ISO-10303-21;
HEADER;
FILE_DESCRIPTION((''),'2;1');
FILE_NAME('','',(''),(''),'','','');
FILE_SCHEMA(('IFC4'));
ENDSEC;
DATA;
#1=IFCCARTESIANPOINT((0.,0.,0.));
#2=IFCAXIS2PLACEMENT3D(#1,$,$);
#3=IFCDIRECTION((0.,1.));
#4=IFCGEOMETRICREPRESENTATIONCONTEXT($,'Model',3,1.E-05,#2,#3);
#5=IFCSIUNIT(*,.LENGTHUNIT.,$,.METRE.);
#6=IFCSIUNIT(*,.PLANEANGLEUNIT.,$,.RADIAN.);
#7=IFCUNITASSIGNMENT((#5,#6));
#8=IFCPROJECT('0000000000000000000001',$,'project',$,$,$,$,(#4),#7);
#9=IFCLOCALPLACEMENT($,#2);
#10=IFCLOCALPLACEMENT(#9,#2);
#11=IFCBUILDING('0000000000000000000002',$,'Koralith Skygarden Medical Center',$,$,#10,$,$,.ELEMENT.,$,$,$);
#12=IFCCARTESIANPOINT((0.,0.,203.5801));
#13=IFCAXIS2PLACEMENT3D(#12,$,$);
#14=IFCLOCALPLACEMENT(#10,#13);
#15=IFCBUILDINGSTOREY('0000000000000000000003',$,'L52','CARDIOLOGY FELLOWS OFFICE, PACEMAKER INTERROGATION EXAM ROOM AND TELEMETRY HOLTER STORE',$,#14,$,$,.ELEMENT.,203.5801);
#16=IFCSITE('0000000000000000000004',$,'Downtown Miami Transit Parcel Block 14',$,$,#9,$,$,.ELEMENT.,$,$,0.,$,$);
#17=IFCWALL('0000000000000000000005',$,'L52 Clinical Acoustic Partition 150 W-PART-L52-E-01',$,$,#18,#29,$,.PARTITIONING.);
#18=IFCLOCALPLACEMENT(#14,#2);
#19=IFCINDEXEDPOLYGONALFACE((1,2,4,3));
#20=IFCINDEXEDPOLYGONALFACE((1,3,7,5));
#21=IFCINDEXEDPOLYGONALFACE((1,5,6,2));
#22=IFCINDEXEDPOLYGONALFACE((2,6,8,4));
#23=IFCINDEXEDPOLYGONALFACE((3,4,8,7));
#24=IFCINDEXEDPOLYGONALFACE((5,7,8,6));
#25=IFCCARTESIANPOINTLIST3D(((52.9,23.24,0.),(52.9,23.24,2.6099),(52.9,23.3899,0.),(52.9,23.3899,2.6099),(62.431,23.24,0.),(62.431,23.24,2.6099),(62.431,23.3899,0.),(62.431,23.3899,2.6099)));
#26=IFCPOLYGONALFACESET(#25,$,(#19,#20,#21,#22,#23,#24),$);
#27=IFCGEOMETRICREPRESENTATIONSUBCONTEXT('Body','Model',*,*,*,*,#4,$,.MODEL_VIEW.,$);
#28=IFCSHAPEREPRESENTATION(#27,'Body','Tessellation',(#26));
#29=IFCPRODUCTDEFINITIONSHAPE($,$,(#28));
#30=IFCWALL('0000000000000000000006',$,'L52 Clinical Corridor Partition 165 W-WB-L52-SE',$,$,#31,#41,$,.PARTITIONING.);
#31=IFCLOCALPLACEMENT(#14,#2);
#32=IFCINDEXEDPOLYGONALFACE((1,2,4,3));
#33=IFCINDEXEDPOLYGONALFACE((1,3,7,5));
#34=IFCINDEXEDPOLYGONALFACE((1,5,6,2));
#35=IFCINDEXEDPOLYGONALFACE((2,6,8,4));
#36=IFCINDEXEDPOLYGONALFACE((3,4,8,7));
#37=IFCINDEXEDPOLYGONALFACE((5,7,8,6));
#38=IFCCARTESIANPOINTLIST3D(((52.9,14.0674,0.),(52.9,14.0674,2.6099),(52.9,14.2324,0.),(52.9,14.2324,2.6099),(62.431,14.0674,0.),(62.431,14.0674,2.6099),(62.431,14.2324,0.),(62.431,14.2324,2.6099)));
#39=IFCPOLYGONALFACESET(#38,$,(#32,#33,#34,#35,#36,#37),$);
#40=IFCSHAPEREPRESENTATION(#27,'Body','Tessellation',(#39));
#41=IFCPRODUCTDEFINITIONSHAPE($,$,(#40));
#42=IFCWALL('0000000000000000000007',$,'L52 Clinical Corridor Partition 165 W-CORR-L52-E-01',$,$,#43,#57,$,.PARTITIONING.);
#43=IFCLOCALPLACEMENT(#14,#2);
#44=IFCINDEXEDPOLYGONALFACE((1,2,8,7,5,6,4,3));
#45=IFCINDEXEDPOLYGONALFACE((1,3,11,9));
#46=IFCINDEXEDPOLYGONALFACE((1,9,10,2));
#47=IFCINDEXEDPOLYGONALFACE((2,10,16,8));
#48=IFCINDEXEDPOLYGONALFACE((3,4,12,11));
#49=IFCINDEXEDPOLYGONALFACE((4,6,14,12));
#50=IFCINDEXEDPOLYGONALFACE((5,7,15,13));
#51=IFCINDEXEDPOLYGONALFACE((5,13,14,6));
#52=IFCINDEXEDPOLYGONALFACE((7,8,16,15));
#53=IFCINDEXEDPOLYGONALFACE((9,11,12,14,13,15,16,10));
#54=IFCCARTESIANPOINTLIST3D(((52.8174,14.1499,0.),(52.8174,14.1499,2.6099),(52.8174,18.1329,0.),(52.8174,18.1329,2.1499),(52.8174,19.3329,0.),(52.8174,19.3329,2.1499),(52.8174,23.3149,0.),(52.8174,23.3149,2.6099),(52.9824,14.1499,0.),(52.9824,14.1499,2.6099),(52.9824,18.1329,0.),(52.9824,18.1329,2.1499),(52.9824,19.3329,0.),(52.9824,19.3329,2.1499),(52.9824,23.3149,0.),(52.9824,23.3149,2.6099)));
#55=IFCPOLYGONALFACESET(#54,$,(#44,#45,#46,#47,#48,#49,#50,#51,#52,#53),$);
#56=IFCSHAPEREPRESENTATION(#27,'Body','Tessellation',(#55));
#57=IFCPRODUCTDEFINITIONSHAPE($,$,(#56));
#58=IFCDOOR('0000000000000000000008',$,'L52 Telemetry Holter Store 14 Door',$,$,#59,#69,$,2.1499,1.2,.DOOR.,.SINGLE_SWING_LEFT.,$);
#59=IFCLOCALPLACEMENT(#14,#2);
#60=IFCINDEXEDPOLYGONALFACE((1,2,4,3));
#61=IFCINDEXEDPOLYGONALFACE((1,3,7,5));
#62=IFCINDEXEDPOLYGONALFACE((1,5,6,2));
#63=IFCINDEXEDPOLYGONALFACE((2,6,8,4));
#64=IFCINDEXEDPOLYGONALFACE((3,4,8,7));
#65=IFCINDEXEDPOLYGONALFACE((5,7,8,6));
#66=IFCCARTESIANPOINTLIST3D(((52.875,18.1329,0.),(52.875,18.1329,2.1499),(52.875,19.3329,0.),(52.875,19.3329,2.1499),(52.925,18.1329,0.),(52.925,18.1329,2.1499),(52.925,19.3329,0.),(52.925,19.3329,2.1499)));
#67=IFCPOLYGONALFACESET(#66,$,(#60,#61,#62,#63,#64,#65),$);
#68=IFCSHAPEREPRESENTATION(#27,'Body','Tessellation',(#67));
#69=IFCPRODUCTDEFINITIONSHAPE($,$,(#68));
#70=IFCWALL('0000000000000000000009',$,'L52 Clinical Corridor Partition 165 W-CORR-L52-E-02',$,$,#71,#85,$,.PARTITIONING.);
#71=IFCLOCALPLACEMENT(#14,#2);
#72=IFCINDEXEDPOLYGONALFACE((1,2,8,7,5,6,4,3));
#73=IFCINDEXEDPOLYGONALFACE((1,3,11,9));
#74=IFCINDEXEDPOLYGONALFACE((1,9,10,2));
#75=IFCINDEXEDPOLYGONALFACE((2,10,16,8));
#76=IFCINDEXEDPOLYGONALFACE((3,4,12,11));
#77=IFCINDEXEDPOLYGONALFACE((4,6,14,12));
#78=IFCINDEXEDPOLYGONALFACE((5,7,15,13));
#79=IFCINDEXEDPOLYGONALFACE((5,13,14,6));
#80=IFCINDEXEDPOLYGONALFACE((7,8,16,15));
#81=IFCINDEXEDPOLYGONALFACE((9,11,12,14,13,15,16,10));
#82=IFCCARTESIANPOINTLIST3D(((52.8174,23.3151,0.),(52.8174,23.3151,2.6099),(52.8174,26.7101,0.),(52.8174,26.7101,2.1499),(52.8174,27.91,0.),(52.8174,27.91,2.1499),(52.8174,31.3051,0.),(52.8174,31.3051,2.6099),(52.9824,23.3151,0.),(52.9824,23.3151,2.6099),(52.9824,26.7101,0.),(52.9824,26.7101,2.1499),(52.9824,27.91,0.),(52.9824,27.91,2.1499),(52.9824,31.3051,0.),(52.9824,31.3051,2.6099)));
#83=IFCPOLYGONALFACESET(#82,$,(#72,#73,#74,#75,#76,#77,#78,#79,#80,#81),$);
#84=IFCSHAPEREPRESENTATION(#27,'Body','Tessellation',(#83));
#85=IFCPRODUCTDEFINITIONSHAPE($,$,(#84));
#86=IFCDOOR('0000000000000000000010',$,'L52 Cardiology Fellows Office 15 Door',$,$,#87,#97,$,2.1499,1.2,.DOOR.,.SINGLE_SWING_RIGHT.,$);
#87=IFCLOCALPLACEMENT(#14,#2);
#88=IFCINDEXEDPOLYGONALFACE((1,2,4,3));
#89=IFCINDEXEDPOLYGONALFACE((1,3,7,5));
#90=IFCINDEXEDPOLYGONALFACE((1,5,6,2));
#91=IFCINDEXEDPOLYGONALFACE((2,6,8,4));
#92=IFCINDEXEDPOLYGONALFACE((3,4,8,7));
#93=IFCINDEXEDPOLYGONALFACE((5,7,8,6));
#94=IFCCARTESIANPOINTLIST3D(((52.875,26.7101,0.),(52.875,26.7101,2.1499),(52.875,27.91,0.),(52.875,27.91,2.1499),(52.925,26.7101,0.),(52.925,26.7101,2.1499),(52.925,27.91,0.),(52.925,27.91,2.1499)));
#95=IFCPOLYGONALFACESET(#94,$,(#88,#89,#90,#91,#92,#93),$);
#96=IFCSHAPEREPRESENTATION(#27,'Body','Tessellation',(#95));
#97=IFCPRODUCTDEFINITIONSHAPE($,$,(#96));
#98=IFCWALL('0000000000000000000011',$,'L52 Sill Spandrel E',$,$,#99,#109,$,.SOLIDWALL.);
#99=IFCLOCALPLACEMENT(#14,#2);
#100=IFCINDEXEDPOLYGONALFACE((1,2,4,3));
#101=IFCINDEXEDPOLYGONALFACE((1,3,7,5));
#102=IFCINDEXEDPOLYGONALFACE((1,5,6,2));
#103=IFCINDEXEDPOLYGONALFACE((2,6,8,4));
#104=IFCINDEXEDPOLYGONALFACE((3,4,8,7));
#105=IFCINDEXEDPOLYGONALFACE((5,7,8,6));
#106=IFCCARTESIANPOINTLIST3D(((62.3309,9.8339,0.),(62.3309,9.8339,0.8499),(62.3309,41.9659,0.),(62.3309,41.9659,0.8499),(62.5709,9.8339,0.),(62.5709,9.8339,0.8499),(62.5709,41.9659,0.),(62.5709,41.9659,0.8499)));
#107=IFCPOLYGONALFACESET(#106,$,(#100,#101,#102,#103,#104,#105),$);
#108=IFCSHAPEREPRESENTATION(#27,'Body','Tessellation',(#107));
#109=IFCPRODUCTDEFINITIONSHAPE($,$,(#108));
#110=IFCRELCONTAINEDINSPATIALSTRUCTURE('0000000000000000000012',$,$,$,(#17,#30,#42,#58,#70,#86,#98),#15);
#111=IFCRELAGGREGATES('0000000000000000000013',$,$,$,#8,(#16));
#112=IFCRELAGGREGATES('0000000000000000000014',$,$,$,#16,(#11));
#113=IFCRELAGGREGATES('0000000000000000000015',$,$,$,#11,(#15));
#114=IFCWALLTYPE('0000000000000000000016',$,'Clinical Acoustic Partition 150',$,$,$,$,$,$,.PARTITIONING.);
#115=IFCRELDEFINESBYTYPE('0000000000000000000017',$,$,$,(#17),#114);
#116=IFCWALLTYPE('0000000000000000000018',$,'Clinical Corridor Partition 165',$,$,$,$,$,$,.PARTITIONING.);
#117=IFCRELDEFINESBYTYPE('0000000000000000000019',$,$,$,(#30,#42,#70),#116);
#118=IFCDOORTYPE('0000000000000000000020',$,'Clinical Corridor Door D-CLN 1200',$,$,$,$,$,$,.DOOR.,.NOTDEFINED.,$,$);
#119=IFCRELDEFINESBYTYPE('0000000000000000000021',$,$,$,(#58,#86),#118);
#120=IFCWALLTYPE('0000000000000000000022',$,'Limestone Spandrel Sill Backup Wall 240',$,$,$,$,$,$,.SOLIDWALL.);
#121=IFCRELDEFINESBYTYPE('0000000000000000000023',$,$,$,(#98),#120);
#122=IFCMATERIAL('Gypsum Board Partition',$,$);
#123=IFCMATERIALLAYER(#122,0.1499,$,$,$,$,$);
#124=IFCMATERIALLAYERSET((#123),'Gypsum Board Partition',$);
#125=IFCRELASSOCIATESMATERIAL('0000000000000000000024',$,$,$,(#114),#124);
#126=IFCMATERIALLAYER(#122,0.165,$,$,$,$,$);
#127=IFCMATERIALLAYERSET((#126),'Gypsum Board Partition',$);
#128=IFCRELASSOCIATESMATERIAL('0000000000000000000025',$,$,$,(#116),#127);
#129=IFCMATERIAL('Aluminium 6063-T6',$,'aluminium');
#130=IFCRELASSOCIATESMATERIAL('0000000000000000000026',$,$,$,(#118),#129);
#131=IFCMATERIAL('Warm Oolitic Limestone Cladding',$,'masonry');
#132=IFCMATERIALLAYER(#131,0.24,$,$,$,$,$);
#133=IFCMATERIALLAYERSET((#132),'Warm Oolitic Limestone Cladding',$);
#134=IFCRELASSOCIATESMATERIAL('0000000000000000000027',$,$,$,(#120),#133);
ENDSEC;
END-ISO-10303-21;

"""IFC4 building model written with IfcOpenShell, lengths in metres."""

from ifc_helpers import new_model, si_unit, direction, frame, frame_2d, origin, place, context, subcontext, project, spatial, rectangle, extrude, material, layer, layer_set, type_object, element, fill, save


model = new_model("IFC4")

# Units and contexts
model_context = context("Model", 3, precision=1e-05, world=origin(), true_north=direction((0.0, 1.0)))
body_context = subcontext(model_context, "Body", "Model", "MODEL_VIEW")
ifc_project = project(units=[si_unit("LENGTHUNIT", "METRE"), si_unit("PLANEANGLEUNIT", "RADIAN")], contexts=[model_context])

# Site, building, storey
site_placement = place(None, origin())
site = spatial("IfcSite", under=ifc_project, at=site_placement, Name="Downtown Miami Transit Parcel Block 14", CompositionType="ELEMENT", RefElevation=0.0)
building_placement = place(site_placement, origin())
building = spatial("IfcBuilding", under=site, at=building_placement, Name="Koralith Skygarden Medical Center", CompositionType="ELEMENT")
storey_placement = place(building_placement, frame((0.0, 0.0, 203.5801)))
storey = spatial("IfcBuildingStorey", under=building, at=storey_placement, Name="L52", Description="CARDIOLOGY FELLOWS OFFICE, PACEMAKER INTERROGATION EXAM ROOM AND TELEMETRY HOLTER STORE", CompositionType="ELEMENT", Elevation=203.5801)

# Shared definitions
ifc_material_1 = material(Name="Aluminium 6063-T6", Category="aluminium")

# Walls
ifc_material_2 = material(Name="Gypsum Board Partition")
ifc_layer_1 = layer(ifc_material_2, 0.1499)
ifc_layer_set_1 = layer_set([ifc_layer_1], Name="Gypsum Board Partition")
wall_type_1 = type_object("IfcWallType", Name="Clinical Acoustic Partition 150", PredefinedType="PARTITIONING", material=ifc_layer_set_1)
wall_1_placement = place(storey_placement, frame((52.8999, 23.3149, 0.0), z_axis=(0.0, 0.0, 1.0), x_axis=(1.0, 0.0, 0.0)))
element("IfcWall", 1, at=wall_1_placement, inside=storey, type_object=wall_type_1, Name="L52 Clinical Acoustic Partition 150 W-PART-L52-E-01", PredefinedType="PARTITIONING", context=body_context, shape_type="SweptSolid", body=[
    extrude(rectangle(XDim=9.531, YDim=0.1499, at=frame_2d((4.7656, 0.0))), origin(), (0.0, 0.0, 1.0), 2.6099),
])
ifc_layer_2 = layer(ifc_material_2, 0.165)
ifc_layer_set_2 = layer_set([ifc_layer_2], Name="Gypsum Board Partition")
wall_type_2 = type_object("IfcWallType", Name="Clinical Corridor Partition 165", PredefinedType="PARTITIONING", material=ifc_layer_set_2)
wall_2_placement = place(storey_placement, frame((52.8999, 14.1499, 0.0), z_axis=(0.0, 0.0, 1.0), x_axis=(1.0, 0.0, 0.0)))
element("IfcWall", 2, at=wall_2_placement, inside=storey, type_object=wall_type_2, Name="L52 Clinical Corridor Partition 165 W-WB-L52-SE", PredefinedType="PARTITIONING", context=body_context, shape_type="SweptSolid", body=[
    extrude(rectangle(XDim=9.531, YDim=0.165, at=frame_2d((4.7656, 0.0))), origin(), (0.0, 0.0, 1.0), 2.6099),
])

# Walls, openings, doors
wall_3_placement = place(storey_placement, frame((52.8999, 14.1499, 0.0), z_axis=(0.0, 0.0, 1.0), x_axis=(0.0, 1.0, 0.0)))
wall_3 = element("IfcWall", 3, at=wall_3_placement, inside=storey, type_object=wall_type_2, Name="L52 Clinical Corridor Partition 165 W-CORR-L52-E-01", PredefinedType="PARTITIONING", context=body_context, shape_type="SweptSolid", body=[
    extrude(rectangle(XDim=9.165, YDim=0.165, at=frame_2d((4.5825, 0.0))), origin(), (0.0, 0.0, 1.0), 2.6099),
])
opening_1_placement = place(wall_3_placement, frame((3.9829, 0.0, 0.0)))
opening_1 = element("IfcOpeningElement", 4, at=opening_1_placement, cuts=wall_3, PredefinedType="OPENING", context=body_context, shape_type="SweptSolid", body=[
    extrude(rectangle(XDim=1.2, YDim=2.1499, at=frame_2d((0.6001, 1.075))), frame((0.0, 0.0925, 0.0), z_axis=(0.0, -1.0, 0.0), x_axis=(1.0, 0.0, 0.0)), (0.0, 0.0, 1.0), 0.1851),
])
door_type_1 = type_object("IfcDoorType", Name="Clinical Corridor Door D-CLN 1200", OperationType="NOTDEFINED", PredefinedType="DOOR", material=ifc_material_1)
door_1_placement = place(opening_1_placement, origin())
door_1 = element("IfcDoor", 5, at=door_1_placement, inside=storey, type_object=door_type_1, Name="L52 Telemetry Holter Store 14 Door", OperationType="SINGLE_SWING_LEFT", OverallHeight=2.1499, OverallWidth=1.2, PredefinedType="DOOR", context=body_context, shape_type="SweptSolid", body=[
    extrude(rectangle(XDim=1.2, YDim=2.1499, at=frame_2d((0.6001, 1.075))), frame((0.0, 0.0249, 0.0), z_axis=(0.0, -1.0, 0.0), x_axis=(1.0, 0.0, 0.0)), (0.0, 0.0, 1.0), 0.05),
])
fill(opening_1, door_1)
wall_4_placement = place(storey_placement, frame((52.8999, 23.3149, 0.0), z_axis=(0.0, 0.0, 1.0), x_axis=(0.0, 1.0, 0.0)))
wall_4 = element("IfcWall", 6, at=wall_4_placement, inside=storey, type_object=wall_type_2, Name="L52 Clinical Corridor Partition 165 W-CORR-L52-E-02", PredefinedType="PARTITIONING", context=body_context, shape_type="SweptSolid", body=[
    extrude(rectangle(XDim=7.99, YDim=0.165, at=frame_2d((3.9951, 0.0))), origin(), (0.0, 0.0, 1.0), 2.6099),
])
opening_2_placement = place(wall_4_placement, frame((3.395, 0.0, 0.0)))
opening_2 = element("IfcOpeningElement", 7, at=opening_2_placement, cuts=wall_4, PredefinedType="OPENING", context=body_context, shape_type="SweptSolid", body=[
    extrude(rectangle(XDim=1.2, YDim=2.1499, at=frame_2d((0.6001, 1.075))), frame((0.0, 0.0925, 0.0), z_axis=(0.0, -1.0, 0.0), x_axis=(1.0, 0.0, 0.0)), (0.0, 0.0, 1.0), 0.1851),
])
door_2_placement = place(opening_2_placement, origin())
door_2 = element("IfcDoor", 8, at=door_2_placement, inside=storey, type_object=door_type_1, Name="L52 Cardiology Fellows Office 15 Door", OperationType="SINGLE_SWING_RIGHT", OverallHeight=2.1499, OverallWidth=1.2, PredefinedType="DOOR", context=body_context, shape_type="SweptSolid", body=[
    extrude(rectangle(XDim=1.2, YDim=2.1499, at=frame_2d((0.6001, 1.075))), frame((0.0, 0.0249, 0.0), z_axis=(0.0, -1.0, 0.0), x_axis=(1.0, 0.0, 0.0)), (0.0, 0.0, 1.0), 0.05),
])
fill(opening_2, door_2)

# Wall
ifc_material_3 = material(Name="Warm Oolitic Limestone Cladding", Category="masonry")
ifc_layer_3 = layer(ifc_material_3, 0.24)
ifc_layer_set_3 = layer_set([ifc_layer_3], Name="Warm Oolitic Limestone Cladding")
wall_type_3 = type_object("IfcWallType", Name="Limestone Spandrel Sill Backup Wall 240", PredefinedType="SOLIDWALL", material=ifc_layer_set_3)
wall_5_placement = place(storey_placement, frame((62.4509, 9.834, 0.0), z_axis=(0.0, 0.0, 1.0), x_axis=(0.0, 1.0, 0.0)))
element("IfcWall", 9, at=wall_5_placement, inside=storey, type_object=wall_type_3, Name="L52 Sill Spandrel E", PredefinedType="SOLIDWALL", context=body_context, shape_type="SweptSolid", body=[
    extrude(rectangle(XDim=32.1321, YDim=0.24, at=frame_2d((16.0659, 0.0))), origin(), (0.0, 0.0, 1.0), 0.8499),
])

save(model, "model.ifc")
